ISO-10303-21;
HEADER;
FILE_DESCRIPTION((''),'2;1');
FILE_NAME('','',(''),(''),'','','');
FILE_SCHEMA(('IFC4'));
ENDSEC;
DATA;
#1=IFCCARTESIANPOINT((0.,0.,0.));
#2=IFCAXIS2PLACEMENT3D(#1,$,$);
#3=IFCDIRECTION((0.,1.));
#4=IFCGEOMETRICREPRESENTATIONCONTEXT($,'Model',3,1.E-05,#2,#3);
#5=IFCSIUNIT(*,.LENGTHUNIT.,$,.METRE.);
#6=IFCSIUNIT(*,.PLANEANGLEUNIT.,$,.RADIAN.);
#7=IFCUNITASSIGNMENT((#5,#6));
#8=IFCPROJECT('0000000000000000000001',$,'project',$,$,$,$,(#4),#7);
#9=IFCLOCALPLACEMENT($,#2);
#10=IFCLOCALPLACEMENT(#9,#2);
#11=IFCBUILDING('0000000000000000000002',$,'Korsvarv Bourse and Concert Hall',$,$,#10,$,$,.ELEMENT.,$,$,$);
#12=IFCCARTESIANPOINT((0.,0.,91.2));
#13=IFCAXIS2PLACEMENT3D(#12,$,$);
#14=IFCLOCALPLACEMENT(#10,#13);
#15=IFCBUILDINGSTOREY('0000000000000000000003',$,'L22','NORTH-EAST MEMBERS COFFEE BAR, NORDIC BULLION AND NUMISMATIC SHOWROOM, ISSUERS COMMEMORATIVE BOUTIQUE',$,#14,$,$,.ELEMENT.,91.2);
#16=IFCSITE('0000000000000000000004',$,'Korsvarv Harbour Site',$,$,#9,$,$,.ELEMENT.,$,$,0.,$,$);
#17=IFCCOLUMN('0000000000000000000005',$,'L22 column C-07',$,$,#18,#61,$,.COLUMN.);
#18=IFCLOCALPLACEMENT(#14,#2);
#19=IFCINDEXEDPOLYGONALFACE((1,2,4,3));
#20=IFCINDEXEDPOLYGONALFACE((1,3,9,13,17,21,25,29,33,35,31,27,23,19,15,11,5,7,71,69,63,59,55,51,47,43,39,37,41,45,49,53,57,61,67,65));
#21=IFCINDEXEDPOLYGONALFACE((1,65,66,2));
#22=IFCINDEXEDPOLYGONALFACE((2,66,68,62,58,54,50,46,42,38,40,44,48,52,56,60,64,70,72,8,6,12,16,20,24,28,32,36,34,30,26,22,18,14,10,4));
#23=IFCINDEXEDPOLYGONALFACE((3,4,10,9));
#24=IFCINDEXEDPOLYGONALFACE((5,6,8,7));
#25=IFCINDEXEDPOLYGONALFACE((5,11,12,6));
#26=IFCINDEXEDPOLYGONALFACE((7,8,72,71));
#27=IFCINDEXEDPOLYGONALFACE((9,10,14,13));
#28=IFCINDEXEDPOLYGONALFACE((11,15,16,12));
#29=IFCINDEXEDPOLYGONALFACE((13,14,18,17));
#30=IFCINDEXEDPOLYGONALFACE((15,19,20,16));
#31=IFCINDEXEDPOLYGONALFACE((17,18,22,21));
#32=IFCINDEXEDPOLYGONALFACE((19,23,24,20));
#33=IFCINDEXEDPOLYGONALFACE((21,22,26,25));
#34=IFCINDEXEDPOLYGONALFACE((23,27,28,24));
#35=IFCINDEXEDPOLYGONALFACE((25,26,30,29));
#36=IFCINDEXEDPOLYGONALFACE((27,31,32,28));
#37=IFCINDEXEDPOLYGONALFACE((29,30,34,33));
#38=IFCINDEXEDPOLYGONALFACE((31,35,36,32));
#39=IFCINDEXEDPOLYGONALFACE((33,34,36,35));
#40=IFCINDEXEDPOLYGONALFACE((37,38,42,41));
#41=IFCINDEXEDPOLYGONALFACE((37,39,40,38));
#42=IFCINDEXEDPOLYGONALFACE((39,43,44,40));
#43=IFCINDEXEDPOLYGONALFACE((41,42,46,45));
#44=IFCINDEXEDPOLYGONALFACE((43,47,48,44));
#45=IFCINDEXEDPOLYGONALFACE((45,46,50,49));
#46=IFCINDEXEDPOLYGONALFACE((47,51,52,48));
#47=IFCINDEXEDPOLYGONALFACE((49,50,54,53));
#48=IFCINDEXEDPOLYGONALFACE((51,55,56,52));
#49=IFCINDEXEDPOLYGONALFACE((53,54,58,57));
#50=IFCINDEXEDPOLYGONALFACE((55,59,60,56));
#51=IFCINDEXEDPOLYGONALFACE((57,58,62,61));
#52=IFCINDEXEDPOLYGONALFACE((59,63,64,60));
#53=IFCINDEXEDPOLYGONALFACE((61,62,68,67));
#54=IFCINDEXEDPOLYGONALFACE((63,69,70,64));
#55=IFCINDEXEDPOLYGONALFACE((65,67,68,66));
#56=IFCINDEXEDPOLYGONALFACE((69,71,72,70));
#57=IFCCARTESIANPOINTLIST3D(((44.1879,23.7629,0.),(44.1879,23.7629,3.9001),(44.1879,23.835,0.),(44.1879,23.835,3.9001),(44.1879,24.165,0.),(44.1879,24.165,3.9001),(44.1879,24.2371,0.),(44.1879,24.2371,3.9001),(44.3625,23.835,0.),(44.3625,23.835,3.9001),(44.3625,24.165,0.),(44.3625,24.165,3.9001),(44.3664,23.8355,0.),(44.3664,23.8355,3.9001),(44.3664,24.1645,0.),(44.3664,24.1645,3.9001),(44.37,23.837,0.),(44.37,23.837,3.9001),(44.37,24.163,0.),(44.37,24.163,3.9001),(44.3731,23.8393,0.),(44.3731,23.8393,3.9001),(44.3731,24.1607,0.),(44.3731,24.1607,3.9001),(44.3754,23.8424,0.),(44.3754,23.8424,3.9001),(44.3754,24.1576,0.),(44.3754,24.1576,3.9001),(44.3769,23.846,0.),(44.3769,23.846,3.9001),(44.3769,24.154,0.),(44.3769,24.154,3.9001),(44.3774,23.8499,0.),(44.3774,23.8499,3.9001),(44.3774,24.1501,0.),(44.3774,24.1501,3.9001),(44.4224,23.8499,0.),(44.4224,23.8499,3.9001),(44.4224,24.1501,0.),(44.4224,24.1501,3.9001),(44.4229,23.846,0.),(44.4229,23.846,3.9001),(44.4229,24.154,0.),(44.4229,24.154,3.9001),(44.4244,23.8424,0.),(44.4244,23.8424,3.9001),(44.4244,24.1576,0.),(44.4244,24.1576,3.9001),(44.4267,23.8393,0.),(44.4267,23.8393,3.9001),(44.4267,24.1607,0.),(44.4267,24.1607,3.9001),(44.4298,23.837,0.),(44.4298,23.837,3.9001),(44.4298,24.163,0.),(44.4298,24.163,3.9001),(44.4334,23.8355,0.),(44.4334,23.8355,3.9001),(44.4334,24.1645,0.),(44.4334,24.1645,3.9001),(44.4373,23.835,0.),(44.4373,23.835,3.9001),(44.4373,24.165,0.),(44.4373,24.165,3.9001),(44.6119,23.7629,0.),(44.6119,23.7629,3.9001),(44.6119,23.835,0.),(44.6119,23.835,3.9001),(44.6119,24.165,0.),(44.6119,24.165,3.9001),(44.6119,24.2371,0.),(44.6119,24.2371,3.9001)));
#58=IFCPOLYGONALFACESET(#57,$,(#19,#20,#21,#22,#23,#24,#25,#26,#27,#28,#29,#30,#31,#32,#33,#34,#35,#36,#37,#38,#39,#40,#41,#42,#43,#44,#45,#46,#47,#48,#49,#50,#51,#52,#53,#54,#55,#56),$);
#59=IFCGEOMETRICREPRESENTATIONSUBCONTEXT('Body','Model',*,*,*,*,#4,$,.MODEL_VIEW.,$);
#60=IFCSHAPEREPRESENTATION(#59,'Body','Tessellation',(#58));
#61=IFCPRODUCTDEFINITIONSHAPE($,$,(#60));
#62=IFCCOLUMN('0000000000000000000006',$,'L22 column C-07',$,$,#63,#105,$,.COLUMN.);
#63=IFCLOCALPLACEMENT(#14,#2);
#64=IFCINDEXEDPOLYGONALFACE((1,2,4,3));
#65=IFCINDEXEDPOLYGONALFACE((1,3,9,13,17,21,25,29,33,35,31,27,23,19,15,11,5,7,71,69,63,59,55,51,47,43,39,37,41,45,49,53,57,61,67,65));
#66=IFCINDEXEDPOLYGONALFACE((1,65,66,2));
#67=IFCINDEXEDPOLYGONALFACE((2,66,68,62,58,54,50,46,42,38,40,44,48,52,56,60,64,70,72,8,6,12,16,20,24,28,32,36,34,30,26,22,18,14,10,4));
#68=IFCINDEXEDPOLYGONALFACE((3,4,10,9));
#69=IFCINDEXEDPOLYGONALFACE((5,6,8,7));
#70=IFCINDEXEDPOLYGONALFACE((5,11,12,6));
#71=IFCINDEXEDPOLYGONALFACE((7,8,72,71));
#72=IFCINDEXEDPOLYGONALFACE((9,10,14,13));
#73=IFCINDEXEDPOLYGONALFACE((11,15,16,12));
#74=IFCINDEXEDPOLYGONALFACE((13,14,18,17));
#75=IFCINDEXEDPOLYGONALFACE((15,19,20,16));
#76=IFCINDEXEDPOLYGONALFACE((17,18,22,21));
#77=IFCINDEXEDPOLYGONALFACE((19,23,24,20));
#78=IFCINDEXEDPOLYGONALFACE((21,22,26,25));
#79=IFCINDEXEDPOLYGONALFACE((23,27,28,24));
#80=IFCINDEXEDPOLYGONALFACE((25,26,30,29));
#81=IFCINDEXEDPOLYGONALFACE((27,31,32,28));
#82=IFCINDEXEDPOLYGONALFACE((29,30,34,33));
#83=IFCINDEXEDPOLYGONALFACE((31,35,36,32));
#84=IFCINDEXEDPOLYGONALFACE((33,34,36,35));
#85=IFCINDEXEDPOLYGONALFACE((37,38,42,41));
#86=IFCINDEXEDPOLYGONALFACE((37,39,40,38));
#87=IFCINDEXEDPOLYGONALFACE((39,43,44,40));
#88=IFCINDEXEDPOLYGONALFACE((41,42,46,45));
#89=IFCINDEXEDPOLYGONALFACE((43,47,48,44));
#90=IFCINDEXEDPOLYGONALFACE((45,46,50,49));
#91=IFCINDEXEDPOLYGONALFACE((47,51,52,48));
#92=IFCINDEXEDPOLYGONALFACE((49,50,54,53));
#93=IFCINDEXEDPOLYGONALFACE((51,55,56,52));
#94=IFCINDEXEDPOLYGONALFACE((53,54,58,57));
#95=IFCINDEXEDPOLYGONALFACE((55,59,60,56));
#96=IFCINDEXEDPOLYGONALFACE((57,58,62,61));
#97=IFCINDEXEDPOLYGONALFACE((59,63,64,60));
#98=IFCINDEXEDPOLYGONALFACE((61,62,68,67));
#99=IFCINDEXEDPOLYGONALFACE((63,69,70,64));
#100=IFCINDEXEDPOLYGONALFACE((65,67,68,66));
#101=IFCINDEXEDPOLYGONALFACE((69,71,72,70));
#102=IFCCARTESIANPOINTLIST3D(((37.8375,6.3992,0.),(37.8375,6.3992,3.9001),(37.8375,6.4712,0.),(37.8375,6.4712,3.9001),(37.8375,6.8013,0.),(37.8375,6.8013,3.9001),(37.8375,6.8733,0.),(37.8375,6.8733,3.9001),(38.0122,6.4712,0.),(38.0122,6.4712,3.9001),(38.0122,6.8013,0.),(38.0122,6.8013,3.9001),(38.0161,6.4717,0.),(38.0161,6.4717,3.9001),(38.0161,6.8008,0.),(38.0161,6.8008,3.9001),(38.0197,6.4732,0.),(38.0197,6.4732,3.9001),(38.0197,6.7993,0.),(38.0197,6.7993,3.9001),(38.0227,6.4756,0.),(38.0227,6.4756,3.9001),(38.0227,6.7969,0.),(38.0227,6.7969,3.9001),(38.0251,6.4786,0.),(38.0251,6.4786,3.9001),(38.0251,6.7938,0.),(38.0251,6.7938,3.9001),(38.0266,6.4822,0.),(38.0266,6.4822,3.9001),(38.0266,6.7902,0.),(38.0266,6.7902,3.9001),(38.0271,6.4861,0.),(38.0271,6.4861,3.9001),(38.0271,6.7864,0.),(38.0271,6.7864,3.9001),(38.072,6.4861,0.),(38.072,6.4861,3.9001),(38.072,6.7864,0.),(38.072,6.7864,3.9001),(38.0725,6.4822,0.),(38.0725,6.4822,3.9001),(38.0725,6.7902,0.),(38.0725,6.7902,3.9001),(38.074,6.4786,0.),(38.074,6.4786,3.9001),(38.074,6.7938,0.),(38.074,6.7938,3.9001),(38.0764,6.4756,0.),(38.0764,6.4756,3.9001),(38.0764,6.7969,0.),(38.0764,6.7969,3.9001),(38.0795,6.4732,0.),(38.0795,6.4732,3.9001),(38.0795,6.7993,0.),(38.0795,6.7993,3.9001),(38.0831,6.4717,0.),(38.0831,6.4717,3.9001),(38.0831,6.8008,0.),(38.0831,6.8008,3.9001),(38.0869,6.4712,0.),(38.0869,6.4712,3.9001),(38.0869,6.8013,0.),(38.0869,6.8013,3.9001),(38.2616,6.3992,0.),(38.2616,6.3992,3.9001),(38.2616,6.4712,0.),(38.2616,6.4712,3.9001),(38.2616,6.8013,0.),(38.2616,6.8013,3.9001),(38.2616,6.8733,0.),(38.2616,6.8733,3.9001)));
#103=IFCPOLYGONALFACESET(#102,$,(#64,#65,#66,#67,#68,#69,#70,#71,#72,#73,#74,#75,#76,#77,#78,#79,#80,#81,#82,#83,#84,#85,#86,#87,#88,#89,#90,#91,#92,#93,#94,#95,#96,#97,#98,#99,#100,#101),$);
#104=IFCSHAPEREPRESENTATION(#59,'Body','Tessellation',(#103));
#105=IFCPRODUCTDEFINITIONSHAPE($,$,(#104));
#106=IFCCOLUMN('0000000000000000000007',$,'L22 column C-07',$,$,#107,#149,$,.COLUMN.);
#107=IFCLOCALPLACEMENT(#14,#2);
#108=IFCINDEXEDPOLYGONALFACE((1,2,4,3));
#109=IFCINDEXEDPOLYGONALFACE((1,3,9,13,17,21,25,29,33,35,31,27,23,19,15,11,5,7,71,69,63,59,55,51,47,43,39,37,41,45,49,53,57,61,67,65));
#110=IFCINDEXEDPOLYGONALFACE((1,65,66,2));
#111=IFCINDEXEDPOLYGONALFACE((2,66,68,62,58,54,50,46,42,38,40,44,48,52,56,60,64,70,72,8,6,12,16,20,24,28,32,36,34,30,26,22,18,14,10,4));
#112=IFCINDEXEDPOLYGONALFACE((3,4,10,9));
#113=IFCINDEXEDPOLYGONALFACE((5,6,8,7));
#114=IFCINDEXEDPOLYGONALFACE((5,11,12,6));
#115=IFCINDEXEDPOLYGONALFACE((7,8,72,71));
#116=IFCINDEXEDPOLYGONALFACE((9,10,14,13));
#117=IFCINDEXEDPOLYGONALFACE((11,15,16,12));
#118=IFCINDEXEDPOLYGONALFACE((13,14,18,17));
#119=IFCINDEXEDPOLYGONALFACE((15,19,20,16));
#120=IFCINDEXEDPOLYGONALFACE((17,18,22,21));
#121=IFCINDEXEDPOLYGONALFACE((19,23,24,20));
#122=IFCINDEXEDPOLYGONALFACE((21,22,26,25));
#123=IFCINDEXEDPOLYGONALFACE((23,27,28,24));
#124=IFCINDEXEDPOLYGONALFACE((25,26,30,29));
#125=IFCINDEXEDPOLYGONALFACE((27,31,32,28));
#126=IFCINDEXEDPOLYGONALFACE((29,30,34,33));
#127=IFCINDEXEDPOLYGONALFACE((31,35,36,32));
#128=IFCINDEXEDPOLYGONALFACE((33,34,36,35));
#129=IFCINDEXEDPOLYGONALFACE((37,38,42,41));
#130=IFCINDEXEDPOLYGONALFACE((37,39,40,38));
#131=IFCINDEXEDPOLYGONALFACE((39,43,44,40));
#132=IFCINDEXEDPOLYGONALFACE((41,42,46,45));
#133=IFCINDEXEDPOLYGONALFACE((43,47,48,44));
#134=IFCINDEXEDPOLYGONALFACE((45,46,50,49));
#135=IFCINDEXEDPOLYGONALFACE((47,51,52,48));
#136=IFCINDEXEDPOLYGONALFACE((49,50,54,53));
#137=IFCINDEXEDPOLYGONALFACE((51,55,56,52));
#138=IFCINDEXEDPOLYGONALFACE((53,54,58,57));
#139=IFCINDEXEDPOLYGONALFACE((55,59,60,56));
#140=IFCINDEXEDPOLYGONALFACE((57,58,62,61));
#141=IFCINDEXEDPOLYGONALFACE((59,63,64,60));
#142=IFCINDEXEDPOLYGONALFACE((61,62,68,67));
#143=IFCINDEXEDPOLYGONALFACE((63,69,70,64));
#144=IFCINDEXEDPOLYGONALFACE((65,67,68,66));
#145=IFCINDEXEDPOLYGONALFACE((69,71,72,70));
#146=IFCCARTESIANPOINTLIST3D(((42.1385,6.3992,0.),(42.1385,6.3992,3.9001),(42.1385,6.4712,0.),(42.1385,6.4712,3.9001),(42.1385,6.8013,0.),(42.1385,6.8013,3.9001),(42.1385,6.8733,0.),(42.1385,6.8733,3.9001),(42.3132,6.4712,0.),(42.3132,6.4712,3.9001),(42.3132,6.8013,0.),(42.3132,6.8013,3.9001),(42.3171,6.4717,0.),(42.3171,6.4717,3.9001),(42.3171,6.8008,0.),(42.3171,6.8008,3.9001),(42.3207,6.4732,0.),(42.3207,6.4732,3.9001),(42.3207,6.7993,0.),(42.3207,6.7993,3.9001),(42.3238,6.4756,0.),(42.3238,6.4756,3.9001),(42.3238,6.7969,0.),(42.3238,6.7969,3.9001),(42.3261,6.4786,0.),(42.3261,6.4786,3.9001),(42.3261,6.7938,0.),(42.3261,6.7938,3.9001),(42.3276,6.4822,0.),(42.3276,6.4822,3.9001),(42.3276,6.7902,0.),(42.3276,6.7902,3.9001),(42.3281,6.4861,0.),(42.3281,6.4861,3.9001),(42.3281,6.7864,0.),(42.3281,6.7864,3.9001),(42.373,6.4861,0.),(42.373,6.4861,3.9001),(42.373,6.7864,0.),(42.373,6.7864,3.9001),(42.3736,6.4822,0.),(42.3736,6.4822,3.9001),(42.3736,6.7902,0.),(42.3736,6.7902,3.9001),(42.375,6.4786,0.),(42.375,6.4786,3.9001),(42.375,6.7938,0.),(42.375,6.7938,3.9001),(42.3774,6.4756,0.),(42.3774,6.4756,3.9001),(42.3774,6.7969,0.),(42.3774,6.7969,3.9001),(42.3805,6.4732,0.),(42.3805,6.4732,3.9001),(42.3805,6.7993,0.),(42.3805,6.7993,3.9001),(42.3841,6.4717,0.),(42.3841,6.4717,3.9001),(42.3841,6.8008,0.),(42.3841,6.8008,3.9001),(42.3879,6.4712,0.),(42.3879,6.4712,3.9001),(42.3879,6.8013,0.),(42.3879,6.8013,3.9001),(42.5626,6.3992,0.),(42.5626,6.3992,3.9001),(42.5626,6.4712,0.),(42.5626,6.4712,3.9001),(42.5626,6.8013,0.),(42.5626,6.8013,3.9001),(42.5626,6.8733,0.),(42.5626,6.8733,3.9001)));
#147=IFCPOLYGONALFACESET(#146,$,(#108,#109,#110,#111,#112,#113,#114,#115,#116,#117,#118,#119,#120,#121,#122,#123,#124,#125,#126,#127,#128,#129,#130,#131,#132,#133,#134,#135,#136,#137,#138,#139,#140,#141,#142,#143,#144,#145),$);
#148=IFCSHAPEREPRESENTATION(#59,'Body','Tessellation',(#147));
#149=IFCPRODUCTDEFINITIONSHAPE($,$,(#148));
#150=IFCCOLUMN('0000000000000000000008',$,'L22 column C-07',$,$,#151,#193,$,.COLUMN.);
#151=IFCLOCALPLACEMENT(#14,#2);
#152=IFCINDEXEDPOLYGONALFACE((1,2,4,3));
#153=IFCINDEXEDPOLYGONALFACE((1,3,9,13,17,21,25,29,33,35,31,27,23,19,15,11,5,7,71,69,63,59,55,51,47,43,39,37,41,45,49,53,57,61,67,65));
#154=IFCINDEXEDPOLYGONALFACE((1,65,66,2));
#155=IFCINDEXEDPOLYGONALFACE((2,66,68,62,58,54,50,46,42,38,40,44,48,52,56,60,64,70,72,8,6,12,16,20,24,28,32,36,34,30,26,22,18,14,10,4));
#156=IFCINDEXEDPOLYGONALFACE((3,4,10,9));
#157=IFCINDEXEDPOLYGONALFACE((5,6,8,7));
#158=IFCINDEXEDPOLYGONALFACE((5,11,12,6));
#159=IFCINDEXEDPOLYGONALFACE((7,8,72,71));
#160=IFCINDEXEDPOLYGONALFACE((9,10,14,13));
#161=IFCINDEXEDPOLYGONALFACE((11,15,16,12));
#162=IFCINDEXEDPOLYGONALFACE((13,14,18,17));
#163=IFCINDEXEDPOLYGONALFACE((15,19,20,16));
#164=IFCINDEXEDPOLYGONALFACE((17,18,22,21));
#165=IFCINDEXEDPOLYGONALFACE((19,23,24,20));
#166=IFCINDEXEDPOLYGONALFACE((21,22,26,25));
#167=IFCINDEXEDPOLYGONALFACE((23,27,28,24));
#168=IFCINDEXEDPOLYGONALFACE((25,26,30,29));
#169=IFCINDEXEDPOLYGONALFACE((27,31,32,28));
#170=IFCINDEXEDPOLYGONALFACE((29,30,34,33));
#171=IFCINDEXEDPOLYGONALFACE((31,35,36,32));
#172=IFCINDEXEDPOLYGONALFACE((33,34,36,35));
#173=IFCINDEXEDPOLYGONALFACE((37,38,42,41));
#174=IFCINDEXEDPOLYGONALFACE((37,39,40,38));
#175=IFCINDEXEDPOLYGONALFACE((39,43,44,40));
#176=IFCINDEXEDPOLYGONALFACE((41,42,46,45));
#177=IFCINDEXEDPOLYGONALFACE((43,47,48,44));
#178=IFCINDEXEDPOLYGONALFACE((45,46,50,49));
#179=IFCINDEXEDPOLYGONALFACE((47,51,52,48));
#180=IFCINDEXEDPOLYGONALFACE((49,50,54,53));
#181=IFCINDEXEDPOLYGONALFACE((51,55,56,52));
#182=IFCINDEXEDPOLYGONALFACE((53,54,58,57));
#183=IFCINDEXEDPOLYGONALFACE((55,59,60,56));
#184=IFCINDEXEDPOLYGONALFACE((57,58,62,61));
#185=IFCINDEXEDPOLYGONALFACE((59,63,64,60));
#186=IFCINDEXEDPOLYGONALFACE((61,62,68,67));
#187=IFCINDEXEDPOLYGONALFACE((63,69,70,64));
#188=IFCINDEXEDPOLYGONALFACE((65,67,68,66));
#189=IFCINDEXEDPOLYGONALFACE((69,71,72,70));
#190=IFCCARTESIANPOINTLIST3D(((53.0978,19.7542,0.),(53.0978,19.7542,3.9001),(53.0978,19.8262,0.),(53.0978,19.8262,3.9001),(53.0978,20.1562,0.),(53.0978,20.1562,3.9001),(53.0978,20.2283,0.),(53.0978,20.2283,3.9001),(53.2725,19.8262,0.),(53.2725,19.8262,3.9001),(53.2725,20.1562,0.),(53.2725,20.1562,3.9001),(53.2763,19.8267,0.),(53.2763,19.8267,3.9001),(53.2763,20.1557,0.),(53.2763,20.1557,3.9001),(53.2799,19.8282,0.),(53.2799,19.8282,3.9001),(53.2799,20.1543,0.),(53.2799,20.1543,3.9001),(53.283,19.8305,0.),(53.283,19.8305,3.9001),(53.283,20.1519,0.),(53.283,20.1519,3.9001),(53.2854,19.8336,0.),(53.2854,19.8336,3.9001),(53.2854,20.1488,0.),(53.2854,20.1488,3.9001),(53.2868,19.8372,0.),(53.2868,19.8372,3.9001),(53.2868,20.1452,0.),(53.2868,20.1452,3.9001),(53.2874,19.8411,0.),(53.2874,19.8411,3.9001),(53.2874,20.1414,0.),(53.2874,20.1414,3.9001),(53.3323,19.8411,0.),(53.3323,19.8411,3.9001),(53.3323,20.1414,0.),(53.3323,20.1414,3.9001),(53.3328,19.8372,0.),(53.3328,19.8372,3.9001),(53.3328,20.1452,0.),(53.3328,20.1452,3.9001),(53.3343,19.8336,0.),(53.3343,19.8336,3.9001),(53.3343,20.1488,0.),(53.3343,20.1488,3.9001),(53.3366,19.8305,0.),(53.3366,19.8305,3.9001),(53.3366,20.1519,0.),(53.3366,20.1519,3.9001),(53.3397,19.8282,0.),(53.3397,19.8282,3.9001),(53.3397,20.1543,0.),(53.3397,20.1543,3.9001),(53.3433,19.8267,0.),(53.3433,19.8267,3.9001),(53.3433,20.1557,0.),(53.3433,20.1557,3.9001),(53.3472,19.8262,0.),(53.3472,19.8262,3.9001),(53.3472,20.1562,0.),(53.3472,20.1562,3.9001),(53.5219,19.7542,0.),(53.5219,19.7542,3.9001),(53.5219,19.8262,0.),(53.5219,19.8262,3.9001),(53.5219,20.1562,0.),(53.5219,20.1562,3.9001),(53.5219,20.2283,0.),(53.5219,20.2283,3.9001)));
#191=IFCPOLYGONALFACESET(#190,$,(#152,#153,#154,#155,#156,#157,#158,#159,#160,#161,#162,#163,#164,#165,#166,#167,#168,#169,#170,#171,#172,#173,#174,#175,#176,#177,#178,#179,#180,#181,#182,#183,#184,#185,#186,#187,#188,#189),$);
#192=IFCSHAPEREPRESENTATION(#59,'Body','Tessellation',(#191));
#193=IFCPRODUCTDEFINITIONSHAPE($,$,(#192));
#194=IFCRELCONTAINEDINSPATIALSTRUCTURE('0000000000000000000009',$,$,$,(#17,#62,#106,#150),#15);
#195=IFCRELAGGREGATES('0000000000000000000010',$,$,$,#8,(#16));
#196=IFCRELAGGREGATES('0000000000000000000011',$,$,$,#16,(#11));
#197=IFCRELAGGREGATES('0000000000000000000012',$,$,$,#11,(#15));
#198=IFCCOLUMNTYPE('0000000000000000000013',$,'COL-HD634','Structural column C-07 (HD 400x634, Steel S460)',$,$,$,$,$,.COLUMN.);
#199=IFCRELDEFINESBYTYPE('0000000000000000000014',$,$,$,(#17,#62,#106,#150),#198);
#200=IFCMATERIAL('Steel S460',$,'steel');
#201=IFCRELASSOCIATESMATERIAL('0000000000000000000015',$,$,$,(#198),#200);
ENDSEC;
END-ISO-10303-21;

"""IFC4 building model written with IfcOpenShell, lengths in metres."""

from ifc_helpers import new_model, si_unit, direction, frame, origin, origin_2d, place, context, subcontext, project, spatial, i_section, extrude, source, transform, mapped, material, material_profile, profile_set, type_object, element, save


model = new_model("IFC4")

# Units and contexts
model_context = context("Model", 3, precision=1e-05, world=origin(), true_north=direction((0.0, 1.0)))
body_context = subcontext(model_context, "Body", "Model", "MODEL_VIEW")
ifc_project = project(units=[si_unit("LENGTHUNIT", "METRE"), si_unit("PLANEANGLEUNIT", "RADIAN")], contexts=[model_context])

# Site, building, storey
site_placement = place(None, origin())
site = spatial("IfcSite", under=ifc_project, at=site_placement, Name="Korsvarv Harbour Site", CompositionType="ELEMENT", RefElevation=0.0)
building_placement = place(site_placement, origin())
building = spatial("IfcBuilding", under=site, at=building_placement, Name="Korsvarv Bourse and Concert Hall", CompositionType="ELEMENT")
storey_placement = place(building_placement, frame((0.0, 0.0, 91.2)))
storey = spatial("IfcBuildingStorey", under=building, at=storey_placement, Name="L22", Description="NORTH-EAST MEMBERS COFFEE BAR, NORDIC BULLION AND NUMISMATIC SHOWROOM, ISSUERS COMMEMORATIVE BOUTIQUE", CompositionType="ELEMENT", Elevation=91.2)

# Columns
ifc_material_1 = material(Name="Steel S460", Category="steel")
ifc_material_profile_1 = material_profile(ifc_material_1, i_section(OverallWidth=0.4241, OverallDepth=0.4741, WebThickness=0.0449, FlangeThickness=0.072, FilletRadius=0.0149, at=origin_2d()), Name="HD 400x634")
ifc_profile_set_1 = profile_set([ifc_material_profile_1], Name="Steel S460")
column_type = type_object("IfcColumnType", Name="COL-HD634", Description="Structural column C-07 (HD 400x634, Steel S460)", PredefinedType="COLUMN", material=ifc_profile_set_1)
shared_shape_1 = source(origin(), body_context, "Body", "SweptSolid", [
    extrude(i_section(OverallWidth=0.4241, OverallDepth=0.4741, WebThickness=0.0449, FlangeThickness=0.072, FilletRadius=0.0149, at=origin_2d()), origin(), (0.0, 0.0, 1.0), 3.9001),
])
for number, where, z_axis, x_axis, name in (
    (1, (44.3999, 24.0, 0.0), (0.0, 0.0, 1.0), (1.0, 0.0, 0.0), "L22 column C-07"),
    (2, (38.0496, 6.6362, 0.0), (0.0, 0.0, 1.0), (1.0, 0.0, 0.0), "L22 column C-07"),
    (3, (42.3506, 6.6362, 0.0), (0.0, 0.0, 1.0), (1.0, 0.0, 0.0), "L22 column C-07"),
    (4, (53.3098, 19.9912, 0.0), (0.0, 0.0, 1.0), (1.0, 0.0, 0.0), "L22 column C-07"),
):
    element("IfcColumn", number, at=place(storey_placement, frame(where, z_axis=z_axis, x_axis=x_axis)), inside=storey, type_object=column_type, Name=name, PredefinedType="COLUMN", context=body_context, shape_type="MappedRepresentation", body=[
        mapped(shared_shape_1, transform((0.0, 0.0, 0.0), scale=1.0)),
    ])

save(model, "model.ifc")
